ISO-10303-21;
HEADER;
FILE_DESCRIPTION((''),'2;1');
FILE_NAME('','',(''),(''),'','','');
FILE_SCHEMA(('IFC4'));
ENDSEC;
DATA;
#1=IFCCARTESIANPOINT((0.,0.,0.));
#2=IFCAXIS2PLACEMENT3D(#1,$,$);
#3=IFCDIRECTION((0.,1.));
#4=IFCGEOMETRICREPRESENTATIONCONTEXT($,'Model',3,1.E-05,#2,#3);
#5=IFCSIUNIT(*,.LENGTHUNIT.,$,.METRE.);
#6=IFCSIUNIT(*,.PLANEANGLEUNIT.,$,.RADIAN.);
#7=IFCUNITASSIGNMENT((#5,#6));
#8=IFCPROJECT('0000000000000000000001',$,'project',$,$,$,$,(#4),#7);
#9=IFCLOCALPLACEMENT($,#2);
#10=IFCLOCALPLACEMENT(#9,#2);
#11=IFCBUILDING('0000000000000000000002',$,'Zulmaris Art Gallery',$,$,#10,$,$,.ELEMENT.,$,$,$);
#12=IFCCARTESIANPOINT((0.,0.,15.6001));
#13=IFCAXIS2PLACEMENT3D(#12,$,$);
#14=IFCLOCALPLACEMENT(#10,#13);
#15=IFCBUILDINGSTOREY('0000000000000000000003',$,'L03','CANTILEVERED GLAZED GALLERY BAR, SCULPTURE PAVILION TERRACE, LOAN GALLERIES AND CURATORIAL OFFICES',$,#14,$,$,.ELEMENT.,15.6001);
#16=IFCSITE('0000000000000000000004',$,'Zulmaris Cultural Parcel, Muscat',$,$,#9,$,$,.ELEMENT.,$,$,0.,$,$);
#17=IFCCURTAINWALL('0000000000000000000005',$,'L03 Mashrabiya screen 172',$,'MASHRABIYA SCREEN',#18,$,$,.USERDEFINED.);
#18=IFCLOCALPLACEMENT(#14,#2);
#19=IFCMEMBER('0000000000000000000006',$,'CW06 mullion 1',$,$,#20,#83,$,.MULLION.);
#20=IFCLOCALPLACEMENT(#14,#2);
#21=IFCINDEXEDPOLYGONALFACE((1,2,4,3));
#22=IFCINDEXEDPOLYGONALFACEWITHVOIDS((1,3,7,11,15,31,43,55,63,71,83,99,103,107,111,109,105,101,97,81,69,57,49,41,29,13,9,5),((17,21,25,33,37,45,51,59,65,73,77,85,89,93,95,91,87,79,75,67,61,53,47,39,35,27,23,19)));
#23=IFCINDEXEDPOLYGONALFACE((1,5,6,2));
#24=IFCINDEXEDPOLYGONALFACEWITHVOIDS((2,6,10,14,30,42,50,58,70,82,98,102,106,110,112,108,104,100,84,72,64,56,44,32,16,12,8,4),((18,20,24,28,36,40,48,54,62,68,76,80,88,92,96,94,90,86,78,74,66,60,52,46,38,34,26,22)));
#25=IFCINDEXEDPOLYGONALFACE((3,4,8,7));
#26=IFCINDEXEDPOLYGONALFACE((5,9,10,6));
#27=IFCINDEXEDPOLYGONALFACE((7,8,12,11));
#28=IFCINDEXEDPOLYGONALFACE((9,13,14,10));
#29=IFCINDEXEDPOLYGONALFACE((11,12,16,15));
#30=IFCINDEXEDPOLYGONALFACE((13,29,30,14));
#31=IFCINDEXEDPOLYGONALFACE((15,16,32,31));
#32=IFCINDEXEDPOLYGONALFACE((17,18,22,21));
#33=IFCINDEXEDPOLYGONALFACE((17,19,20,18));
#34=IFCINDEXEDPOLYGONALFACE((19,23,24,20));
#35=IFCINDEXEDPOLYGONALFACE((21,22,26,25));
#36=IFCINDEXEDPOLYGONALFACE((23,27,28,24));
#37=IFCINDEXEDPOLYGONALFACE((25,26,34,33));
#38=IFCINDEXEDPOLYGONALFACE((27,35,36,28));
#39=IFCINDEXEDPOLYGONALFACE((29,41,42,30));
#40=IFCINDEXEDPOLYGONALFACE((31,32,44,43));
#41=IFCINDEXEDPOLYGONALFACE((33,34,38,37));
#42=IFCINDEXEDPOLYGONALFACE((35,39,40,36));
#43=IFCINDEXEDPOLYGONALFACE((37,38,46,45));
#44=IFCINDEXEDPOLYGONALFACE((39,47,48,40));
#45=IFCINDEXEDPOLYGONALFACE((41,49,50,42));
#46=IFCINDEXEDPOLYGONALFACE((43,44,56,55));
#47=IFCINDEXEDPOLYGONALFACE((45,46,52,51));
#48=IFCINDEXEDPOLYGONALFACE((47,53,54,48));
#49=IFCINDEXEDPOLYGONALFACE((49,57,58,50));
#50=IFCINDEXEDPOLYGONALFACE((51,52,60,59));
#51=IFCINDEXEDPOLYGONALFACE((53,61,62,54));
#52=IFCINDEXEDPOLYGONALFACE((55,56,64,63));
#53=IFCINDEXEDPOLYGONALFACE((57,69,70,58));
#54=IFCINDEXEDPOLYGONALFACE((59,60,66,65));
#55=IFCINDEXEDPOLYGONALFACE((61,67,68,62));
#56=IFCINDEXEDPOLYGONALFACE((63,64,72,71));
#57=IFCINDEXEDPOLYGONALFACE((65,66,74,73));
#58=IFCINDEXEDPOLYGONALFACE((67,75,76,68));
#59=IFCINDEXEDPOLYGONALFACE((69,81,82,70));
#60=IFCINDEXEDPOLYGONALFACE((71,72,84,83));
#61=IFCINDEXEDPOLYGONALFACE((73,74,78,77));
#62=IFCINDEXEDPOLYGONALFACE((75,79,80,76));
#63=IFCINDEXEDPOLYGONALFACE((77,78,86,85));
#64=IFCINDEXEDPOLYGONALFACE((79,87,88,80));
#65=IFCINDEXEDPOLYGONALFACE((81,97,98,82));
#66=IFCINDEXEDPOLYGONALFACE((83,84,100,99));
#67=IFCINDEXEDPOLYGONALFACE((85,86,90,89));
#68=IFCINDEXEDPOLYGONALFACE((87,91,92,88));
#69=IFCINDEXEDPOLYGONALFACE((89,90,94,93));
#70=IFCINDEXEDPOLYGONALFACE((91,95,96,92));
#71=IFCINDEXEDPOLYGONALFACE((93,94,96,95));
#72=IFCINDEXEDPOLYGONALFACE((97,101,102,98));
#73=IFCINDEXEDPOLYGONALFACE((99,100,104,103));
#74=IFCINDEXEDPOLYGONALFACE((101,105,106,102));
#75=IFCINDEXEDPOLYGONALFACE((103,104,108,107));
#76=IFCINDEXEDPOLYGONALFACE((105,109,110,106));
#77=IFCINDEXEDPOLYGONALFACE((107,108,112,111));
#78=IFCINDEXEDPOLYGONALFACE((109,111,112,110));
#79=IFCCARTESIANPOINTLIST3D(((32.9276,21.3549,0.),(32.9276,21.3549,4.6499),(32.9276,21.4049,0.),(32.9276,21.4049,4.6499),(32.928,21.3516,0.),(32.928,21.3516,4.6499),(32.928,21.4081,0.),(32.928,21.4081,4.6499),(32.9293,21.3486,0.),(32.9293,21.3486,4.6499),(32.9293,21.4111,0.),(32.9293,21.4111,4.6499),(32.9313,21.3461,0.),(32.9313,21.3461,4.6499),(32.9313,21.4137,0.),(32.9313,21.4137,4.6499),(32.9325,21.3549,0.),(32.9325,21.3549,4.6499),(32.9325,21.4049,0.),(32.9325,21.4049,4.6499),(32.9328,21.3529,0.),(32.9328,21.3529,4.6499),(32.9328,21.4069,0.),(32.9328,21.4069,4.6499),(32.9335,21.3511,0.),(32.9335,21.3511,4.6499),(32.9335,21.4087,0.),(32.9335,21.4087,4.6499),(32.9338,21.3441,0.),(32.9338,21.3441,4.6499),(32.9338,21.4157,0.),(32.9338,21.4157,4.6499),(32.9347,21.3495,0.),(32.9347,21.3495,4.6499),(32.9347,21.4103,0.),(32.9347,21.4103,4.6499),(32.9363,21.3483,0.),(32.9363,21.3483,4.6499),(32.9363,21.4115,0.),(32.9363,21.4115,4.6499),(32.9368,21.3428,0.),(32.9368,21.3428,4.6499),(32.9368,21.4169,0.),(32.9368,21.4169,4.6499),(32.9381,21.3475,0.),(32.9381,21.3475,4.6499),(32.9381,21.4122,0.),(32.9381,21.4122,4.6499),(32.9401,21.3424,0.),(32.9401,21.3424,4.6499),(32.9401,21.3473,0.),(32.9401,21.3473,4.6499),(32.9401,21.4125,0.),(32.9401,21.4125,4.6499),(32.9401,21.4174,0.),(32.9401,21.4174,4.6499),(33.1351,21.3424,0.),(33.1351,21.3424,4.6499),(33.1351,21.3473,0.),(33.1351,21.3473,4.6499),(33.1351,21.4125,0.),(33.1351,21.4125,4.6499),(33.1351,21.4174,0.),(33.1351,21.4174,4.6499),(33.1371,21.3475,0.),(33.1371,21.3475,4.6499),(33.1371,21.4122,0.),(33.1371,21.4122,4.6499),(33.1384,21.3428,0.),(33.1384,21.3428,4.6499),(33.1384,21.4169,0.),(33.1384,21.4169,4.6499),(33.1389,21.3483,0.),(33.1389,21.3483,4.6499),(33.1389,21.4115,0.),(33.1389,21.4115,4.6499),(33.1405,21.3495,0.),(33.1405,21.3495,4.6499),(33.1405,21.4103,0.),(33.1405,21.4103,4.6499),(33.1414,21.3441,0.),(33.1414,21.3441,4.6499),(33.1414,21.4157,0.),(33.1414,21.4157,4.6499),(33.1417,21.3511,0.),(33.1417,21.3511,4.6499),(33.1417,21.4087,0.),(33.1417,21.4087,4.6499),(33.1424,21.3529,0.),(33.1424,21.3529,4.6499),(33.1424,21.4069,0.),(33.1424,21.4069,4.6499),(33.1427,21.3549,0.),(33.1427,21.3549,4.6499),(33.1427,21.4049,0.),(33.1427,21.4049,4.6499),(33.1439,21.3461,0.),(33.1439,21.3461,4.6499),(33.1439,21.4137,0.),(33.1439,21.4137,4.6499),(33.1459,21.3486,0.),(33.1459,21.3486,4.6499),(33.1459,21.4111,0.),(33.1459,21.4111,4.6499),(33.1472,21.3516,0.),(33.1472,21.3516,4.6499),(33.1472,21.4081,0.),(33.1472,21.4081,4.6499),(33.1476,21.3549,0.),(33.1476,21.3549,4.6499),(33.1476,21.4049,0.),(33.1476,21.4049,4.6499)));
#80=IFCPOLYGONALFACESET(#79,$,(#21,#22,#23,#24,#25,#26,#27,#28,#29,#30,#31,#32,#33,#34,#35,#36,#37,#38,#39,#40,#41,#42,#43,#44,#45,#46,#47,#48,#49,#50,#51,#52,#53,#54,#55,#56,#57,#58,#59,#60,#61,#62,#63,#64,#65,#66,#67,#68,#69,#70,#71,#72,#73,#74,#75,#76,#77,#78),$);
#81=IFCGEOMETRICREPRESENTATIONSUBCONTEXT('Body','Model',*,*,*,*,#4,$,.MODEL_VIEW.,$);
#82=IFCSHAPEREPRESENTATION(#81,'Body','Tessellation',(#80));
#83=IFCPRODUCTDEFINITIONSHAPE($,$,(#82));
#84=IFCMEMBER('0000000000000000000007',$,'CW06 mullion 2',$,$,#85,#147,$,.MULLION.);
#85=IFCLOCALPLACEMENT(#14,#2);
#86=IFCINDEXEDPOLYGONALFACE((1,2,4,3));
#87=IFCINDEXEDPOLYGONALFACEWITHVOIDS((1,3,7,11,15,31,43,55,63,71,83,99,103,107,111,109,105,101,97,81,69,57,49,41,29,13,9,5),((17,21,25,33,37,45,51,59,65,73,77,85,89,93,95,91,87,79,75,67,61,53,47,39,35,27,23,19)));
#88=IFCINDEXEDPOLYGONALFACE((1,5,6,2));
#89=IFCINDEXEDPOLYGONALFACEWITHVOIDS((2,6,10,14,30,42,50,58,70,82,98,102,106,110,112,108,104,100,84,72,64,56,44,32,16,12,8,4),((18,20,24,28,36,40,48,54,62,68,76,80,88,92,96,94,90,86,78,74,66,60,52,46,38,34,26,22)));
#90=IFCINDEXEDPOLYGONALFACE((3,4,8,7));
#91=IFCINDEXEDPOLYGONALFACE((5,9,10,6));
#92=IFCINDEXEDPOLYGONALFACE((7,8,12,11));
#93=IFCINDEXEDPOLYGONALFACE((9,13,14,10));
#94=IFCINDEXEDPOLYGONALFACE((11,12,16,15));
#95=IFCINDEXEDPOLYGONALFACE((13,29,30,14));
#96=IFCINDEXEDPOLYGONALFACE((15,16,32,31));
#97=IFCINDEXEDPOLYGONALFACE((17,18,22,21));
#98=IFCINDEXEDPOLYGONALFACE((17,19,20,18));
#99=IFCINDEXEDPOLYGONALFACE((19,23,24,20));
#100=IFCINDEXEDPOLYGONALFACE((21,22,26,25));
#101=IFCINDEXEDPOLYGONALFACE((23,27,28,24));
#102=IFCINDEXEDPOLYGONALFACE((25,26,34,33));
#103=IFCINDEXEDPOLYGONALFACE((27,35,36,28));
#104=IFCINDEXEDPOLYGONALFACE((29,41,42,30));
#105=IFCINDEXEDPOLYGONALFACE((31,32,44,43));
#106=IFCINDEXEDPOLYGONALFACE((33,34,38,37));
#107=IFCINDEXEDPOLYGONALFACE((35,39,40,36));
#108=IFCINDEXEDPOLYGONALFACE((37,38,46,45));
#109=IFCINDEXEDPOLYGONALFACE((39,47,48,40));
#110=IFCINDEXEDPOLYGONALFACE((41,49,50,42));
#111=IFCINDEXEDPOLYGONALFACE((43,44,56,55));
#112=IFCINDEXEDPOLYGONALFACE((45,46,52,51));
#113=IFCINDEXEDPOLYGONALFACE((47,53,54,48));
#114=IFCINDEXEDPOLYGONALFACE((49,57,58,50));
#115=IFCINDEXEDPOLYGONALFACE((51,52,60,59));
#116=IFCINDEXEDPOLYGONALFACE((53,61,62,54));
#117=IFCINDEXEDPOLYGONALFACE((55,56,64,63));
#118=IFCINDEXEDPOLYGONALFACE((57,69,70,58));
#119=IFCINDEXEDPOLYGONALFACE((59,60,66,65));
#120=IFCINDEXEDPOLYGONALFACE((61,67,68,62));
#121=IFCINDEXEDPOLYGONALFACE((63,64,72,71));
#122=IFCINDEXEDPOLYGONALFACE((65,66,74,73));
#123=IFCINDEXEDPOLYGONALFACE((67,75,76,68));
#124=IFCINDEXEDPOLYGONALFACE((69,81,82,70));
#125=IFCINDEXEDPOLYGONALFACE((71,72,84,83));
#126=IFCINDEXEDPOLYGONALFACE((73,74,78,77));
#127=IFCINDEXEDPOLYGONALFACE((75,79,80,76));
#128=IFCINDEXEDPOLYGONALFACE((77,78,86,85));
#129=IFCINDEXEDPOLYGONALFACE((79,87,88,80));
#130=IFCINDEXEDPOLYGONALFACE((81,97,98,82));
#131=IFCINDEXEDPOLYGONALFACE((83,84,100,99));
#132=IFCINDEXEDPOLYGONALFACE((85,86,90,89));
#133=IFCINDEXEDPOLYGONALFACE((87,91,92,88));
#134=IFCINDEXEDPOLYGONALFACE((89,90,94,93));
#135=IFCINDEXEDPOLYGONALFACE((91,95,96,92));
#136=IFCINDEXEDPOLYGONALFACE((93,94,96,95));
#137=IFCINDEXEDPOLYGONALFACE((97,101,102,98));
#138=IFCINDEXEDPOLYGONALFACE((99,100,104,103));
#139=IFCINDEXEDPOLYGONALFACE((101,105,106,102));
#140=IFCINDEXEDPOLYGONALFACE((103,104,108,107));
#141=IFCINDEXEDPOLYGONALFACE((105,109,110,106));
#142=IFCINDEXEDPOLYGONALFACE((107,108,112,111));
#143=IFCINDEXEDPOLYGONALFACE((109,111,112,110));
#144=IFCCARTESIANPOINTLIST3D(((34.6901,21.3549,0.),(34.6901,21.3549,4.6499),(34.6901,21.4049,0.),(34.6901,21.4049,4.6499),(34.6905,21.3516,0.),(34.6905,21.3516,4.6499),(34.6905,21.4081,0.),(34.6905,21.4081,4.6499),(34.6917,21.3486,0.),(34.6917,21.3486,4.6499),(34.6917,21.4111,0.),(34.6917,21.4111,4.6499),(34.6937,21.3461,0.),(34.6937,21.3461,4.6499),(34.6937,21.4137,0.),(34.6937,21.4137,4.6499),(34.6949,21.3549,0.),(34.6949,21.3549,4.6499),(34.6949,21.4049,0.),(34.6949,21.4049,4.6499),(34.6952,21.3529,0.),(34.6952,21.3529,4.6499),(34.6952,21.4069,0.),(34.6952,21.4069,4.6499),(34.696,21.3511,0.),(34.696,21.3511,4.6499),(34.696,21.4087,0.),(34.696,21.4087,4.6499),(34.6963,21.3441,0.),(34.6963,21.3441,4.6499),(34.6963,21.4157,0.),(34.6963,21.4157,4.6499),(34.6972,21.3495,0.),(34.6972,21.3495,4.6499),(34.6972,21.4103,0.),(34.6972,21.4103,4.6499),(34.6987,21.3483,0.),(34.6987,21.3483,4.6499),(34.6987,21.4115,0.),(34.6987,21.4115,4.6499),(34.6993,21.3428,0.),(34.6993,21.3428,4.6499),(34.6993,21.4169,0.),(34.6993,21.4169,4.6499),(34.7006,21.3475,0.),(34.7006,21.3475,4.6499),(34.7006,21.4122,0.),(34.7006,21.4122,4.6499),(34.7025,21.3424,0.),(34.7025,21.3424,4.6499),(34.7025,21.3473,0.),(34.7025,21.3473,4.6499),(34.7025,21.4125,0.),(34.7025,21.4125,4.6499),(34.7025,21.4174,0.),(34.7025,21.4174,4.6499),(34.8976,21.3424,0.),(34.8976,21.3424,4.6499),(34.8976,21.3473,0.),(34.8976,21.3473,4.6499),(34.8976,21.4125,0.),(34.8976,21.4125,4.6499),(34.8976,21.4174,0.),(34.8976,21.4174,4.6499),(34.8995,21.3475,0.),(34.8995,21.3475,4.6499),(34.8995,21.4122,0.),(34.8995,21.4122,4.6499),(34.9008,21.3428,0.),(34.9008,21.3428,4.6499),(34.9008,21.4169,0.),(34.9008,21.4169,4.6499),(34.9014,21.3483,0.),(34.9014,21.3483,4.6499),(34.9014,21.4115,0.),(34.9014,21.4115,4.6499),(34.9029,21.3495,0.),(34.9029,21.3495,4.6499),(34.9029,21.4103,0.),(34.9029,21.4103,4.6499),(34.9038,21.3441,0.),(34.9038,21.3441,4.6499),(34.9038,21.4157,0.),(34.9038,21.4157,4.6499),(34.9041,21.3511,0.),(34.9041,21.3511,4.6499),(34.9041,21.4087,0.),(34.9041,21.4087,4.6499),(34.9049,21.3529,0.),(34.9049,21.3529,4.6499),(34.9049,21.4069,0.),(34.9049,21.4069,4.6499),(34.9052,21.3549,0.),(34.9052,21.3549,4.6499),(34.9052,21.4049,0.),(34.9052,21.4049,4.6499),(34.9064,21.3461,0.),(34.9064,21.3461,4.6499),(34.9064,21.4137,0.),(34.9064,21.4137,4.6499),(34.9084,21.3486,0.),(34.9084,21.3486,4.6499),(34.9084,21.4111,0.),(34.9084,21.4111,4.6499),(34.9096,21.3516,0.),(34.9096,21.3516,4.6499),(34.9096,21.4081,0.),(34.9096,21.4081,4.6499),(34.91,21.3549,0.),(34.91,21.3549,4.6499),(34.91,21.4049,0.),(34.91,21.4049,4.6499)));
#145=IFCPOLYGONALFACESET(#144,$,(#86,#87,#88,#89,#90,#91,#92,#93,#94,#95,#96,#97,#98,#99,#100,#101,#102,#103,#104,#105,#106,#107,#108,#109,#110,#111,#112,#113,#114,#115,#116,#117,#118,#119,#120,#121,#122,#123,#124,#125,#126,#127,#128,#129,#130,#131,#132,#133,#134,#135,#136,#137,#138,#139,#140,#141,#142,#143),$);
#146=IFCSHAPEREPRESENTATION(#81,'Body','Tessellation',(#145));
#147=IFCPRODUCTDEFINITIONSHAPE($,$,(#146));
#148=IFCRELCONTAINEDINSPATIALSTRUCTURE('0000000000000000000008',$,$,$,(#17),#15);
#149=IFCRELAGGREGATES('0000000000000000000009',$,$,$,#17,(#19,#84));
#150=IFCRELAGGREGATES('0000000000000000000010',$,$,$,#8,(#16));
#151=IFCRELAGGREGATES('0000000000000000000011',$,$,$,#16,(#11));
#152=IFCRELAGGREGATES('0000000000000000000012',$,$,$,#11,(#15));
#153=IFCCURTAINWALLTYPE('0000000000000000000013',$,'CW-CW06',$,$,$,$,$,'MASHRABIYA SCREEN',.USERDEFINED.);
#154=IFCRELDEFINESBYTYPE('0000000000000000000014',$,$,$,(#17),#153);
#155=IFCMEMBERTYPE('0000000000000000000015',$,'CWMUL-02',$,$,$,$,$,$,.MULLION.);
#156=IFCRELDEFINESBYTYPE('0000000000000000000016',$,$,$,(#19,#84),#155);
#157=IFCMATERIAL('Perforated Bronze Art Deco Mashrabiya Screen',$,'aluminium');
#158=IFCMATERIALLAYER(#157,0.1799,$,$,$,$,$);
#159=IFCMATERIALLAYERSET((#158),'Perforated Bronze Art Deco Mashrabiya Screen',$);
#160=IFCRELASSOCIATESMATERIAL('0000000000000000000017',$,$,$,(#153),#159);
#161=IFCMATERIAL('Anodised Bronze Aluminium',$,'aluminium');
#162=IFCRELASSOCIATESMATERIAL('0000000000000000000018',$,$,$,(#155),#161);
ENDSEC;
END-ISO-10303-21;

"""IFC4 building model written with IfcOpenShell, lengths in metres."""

from ifc_helpers import new_model, si_unit, direction, frame, origin, origin_2d, place, context, subcontext, project, spatial, hollow_rectangle, extrude, material, layer, layer_set, material_profile, profile_set, type_object, element, aggregate, save


model = new_model("IFC4")

# Units and contexts
model_context = context("Model", 3, precision=1e-05, world=origin(), true_north=direction((0.0, 1.0)))
body_context = subcontext(model_context, "Body", "Model", "MODEL_VIEW")
ifc_project = project(units=[si_unit("LENGTHUNIT", "METRE"), si_unit("PLANEANGLEUNIT", "RADIAN")], contexts=[model_context])

# Site, building, storey
site_placement = place(None, origin())
site = spatial("IfcSite", under=ifc_project, at=site_placement, Name="Zulmaris Cultural Parcel, Muscat", CompositionType="ELEMENT", RefElevation=0.0)
building_placement = place(site_placement, origin())
building = spatial("IfcBuilding", under=site, at=building_placement, Name="Zulmaris Art Gallery", CompositionType="ELEMENT")
storey_placement = place(building_placement, frame((0.0, 0.0, 15.6001)))
storey = spatial("IfcBuildingStorey", under=building, at=storey_placement, Name="L03", Description="CANTILEVERED GLAZED GALLERY BAR, SCULPTURE PAVILION TERRACE, LOAN GALLERIES AND CURATORIAL OFFICES", CompositionType="ELEMENT", Elevation=15.6001)

# Curtain wall, members
ifc_material_1 = material(Name="Perforated Bronze Art Deco Mashrabiya Screen", Category="aluminium")
ifc_layer_1 = layer(ifc_material_1, 0.1799)
ifc_layer_set_1 = layer_set([ifc_layer_1], Name="Perforated Bronze Art Deco Mashrabiya Screen")
curtain_wall_type = type_object("IfcCurtainWallType", Name="CW-CW06", ElementType="MASHRABIYA SCREEN", PredefinedType="USERDEFINED", material=ifc_layer_set_1)
ifc_material_2 = material(Name="Anodised Bronze Aluminium", Category="aluminium")
ifc_material_profile_1 = material_profile(ifc_material_2, hollow_rectangle(XDim=0.075, YDim=0.22, WallThickness=0.0049, InnerFilletRadius=0.0076, OuterFilletRadius=0.0125, at=origin_2d()), Name="ALU 75x220x5")
ifc_profile_set_1 = profile_set([ifc_material_profile_1], Name="Anodised Bronze Aluminium")
member_type_1 = type_object("IfcMemberType", Name="CWMUL-02", PredefinedType="MULLION", material=ifc_profile_set_1)
curtain_wall_1_placement = place(storey_placement, origin())
curtain_wall_1 = element("IfcCurtainWall", 1, at=curtain_wall_1_placement, inside=storey, type_object=curtain_wall_type, Name="L03 Mashrabiya screen 172", ObjectType="MASHRABIYA SCREEN", PredefinedType="USERDEFINED")
member_1_placement = place(storey_placement, frame((33.0376, 21.3799, 0.0), z_axis=(0.0, 0.0, 1.0), x_axis=(0.0, 1.0, 0.0)))
member_1 = element("IfcMember", 2, at=member_1_placement, type_object=member_type_1, Name="CW06 mullion 1", PredefinedType="MULLION", context=body_context, shape_type="SweptSolid", body=[
    extrude(hollow_rectangle(XDim=0.075, YDim=0.22, WallThickness=0.0049, InnerFilletRadius=0.0076, OuterFilletRadius=0.0125, at=origin_2d()), origin(), (0.0, 0.0, 1.0), 4.6499),
])
member_2_placement = place(storey_placement, frame((34.8, 21.3799, 0.0), z_axis=(0.0, 0.0, 1.0), x_axis=(0.0, 1.0, 0.0)))
member_2 = element("IfcMember", 3, at=member_2_placement, type_object=member_type_1, Name="CW06 mullion 2", PredefinedType="MULLION", context=body_context, shape_type="SweptSolid", body=[
    extrude(hollow_rectangle(XDim=0.075, YDim=0.22, WallThickness=0.0049, InnerFilletRadius=0.0076, OuterFilletRadius=0.0125, at=origin_2d()), origin(), (0.0, 0.0, 1.0), 4.6499),
])

aggregate(curtain_wall_1, [member_1, member_2])

save(model, "model.ifc")
